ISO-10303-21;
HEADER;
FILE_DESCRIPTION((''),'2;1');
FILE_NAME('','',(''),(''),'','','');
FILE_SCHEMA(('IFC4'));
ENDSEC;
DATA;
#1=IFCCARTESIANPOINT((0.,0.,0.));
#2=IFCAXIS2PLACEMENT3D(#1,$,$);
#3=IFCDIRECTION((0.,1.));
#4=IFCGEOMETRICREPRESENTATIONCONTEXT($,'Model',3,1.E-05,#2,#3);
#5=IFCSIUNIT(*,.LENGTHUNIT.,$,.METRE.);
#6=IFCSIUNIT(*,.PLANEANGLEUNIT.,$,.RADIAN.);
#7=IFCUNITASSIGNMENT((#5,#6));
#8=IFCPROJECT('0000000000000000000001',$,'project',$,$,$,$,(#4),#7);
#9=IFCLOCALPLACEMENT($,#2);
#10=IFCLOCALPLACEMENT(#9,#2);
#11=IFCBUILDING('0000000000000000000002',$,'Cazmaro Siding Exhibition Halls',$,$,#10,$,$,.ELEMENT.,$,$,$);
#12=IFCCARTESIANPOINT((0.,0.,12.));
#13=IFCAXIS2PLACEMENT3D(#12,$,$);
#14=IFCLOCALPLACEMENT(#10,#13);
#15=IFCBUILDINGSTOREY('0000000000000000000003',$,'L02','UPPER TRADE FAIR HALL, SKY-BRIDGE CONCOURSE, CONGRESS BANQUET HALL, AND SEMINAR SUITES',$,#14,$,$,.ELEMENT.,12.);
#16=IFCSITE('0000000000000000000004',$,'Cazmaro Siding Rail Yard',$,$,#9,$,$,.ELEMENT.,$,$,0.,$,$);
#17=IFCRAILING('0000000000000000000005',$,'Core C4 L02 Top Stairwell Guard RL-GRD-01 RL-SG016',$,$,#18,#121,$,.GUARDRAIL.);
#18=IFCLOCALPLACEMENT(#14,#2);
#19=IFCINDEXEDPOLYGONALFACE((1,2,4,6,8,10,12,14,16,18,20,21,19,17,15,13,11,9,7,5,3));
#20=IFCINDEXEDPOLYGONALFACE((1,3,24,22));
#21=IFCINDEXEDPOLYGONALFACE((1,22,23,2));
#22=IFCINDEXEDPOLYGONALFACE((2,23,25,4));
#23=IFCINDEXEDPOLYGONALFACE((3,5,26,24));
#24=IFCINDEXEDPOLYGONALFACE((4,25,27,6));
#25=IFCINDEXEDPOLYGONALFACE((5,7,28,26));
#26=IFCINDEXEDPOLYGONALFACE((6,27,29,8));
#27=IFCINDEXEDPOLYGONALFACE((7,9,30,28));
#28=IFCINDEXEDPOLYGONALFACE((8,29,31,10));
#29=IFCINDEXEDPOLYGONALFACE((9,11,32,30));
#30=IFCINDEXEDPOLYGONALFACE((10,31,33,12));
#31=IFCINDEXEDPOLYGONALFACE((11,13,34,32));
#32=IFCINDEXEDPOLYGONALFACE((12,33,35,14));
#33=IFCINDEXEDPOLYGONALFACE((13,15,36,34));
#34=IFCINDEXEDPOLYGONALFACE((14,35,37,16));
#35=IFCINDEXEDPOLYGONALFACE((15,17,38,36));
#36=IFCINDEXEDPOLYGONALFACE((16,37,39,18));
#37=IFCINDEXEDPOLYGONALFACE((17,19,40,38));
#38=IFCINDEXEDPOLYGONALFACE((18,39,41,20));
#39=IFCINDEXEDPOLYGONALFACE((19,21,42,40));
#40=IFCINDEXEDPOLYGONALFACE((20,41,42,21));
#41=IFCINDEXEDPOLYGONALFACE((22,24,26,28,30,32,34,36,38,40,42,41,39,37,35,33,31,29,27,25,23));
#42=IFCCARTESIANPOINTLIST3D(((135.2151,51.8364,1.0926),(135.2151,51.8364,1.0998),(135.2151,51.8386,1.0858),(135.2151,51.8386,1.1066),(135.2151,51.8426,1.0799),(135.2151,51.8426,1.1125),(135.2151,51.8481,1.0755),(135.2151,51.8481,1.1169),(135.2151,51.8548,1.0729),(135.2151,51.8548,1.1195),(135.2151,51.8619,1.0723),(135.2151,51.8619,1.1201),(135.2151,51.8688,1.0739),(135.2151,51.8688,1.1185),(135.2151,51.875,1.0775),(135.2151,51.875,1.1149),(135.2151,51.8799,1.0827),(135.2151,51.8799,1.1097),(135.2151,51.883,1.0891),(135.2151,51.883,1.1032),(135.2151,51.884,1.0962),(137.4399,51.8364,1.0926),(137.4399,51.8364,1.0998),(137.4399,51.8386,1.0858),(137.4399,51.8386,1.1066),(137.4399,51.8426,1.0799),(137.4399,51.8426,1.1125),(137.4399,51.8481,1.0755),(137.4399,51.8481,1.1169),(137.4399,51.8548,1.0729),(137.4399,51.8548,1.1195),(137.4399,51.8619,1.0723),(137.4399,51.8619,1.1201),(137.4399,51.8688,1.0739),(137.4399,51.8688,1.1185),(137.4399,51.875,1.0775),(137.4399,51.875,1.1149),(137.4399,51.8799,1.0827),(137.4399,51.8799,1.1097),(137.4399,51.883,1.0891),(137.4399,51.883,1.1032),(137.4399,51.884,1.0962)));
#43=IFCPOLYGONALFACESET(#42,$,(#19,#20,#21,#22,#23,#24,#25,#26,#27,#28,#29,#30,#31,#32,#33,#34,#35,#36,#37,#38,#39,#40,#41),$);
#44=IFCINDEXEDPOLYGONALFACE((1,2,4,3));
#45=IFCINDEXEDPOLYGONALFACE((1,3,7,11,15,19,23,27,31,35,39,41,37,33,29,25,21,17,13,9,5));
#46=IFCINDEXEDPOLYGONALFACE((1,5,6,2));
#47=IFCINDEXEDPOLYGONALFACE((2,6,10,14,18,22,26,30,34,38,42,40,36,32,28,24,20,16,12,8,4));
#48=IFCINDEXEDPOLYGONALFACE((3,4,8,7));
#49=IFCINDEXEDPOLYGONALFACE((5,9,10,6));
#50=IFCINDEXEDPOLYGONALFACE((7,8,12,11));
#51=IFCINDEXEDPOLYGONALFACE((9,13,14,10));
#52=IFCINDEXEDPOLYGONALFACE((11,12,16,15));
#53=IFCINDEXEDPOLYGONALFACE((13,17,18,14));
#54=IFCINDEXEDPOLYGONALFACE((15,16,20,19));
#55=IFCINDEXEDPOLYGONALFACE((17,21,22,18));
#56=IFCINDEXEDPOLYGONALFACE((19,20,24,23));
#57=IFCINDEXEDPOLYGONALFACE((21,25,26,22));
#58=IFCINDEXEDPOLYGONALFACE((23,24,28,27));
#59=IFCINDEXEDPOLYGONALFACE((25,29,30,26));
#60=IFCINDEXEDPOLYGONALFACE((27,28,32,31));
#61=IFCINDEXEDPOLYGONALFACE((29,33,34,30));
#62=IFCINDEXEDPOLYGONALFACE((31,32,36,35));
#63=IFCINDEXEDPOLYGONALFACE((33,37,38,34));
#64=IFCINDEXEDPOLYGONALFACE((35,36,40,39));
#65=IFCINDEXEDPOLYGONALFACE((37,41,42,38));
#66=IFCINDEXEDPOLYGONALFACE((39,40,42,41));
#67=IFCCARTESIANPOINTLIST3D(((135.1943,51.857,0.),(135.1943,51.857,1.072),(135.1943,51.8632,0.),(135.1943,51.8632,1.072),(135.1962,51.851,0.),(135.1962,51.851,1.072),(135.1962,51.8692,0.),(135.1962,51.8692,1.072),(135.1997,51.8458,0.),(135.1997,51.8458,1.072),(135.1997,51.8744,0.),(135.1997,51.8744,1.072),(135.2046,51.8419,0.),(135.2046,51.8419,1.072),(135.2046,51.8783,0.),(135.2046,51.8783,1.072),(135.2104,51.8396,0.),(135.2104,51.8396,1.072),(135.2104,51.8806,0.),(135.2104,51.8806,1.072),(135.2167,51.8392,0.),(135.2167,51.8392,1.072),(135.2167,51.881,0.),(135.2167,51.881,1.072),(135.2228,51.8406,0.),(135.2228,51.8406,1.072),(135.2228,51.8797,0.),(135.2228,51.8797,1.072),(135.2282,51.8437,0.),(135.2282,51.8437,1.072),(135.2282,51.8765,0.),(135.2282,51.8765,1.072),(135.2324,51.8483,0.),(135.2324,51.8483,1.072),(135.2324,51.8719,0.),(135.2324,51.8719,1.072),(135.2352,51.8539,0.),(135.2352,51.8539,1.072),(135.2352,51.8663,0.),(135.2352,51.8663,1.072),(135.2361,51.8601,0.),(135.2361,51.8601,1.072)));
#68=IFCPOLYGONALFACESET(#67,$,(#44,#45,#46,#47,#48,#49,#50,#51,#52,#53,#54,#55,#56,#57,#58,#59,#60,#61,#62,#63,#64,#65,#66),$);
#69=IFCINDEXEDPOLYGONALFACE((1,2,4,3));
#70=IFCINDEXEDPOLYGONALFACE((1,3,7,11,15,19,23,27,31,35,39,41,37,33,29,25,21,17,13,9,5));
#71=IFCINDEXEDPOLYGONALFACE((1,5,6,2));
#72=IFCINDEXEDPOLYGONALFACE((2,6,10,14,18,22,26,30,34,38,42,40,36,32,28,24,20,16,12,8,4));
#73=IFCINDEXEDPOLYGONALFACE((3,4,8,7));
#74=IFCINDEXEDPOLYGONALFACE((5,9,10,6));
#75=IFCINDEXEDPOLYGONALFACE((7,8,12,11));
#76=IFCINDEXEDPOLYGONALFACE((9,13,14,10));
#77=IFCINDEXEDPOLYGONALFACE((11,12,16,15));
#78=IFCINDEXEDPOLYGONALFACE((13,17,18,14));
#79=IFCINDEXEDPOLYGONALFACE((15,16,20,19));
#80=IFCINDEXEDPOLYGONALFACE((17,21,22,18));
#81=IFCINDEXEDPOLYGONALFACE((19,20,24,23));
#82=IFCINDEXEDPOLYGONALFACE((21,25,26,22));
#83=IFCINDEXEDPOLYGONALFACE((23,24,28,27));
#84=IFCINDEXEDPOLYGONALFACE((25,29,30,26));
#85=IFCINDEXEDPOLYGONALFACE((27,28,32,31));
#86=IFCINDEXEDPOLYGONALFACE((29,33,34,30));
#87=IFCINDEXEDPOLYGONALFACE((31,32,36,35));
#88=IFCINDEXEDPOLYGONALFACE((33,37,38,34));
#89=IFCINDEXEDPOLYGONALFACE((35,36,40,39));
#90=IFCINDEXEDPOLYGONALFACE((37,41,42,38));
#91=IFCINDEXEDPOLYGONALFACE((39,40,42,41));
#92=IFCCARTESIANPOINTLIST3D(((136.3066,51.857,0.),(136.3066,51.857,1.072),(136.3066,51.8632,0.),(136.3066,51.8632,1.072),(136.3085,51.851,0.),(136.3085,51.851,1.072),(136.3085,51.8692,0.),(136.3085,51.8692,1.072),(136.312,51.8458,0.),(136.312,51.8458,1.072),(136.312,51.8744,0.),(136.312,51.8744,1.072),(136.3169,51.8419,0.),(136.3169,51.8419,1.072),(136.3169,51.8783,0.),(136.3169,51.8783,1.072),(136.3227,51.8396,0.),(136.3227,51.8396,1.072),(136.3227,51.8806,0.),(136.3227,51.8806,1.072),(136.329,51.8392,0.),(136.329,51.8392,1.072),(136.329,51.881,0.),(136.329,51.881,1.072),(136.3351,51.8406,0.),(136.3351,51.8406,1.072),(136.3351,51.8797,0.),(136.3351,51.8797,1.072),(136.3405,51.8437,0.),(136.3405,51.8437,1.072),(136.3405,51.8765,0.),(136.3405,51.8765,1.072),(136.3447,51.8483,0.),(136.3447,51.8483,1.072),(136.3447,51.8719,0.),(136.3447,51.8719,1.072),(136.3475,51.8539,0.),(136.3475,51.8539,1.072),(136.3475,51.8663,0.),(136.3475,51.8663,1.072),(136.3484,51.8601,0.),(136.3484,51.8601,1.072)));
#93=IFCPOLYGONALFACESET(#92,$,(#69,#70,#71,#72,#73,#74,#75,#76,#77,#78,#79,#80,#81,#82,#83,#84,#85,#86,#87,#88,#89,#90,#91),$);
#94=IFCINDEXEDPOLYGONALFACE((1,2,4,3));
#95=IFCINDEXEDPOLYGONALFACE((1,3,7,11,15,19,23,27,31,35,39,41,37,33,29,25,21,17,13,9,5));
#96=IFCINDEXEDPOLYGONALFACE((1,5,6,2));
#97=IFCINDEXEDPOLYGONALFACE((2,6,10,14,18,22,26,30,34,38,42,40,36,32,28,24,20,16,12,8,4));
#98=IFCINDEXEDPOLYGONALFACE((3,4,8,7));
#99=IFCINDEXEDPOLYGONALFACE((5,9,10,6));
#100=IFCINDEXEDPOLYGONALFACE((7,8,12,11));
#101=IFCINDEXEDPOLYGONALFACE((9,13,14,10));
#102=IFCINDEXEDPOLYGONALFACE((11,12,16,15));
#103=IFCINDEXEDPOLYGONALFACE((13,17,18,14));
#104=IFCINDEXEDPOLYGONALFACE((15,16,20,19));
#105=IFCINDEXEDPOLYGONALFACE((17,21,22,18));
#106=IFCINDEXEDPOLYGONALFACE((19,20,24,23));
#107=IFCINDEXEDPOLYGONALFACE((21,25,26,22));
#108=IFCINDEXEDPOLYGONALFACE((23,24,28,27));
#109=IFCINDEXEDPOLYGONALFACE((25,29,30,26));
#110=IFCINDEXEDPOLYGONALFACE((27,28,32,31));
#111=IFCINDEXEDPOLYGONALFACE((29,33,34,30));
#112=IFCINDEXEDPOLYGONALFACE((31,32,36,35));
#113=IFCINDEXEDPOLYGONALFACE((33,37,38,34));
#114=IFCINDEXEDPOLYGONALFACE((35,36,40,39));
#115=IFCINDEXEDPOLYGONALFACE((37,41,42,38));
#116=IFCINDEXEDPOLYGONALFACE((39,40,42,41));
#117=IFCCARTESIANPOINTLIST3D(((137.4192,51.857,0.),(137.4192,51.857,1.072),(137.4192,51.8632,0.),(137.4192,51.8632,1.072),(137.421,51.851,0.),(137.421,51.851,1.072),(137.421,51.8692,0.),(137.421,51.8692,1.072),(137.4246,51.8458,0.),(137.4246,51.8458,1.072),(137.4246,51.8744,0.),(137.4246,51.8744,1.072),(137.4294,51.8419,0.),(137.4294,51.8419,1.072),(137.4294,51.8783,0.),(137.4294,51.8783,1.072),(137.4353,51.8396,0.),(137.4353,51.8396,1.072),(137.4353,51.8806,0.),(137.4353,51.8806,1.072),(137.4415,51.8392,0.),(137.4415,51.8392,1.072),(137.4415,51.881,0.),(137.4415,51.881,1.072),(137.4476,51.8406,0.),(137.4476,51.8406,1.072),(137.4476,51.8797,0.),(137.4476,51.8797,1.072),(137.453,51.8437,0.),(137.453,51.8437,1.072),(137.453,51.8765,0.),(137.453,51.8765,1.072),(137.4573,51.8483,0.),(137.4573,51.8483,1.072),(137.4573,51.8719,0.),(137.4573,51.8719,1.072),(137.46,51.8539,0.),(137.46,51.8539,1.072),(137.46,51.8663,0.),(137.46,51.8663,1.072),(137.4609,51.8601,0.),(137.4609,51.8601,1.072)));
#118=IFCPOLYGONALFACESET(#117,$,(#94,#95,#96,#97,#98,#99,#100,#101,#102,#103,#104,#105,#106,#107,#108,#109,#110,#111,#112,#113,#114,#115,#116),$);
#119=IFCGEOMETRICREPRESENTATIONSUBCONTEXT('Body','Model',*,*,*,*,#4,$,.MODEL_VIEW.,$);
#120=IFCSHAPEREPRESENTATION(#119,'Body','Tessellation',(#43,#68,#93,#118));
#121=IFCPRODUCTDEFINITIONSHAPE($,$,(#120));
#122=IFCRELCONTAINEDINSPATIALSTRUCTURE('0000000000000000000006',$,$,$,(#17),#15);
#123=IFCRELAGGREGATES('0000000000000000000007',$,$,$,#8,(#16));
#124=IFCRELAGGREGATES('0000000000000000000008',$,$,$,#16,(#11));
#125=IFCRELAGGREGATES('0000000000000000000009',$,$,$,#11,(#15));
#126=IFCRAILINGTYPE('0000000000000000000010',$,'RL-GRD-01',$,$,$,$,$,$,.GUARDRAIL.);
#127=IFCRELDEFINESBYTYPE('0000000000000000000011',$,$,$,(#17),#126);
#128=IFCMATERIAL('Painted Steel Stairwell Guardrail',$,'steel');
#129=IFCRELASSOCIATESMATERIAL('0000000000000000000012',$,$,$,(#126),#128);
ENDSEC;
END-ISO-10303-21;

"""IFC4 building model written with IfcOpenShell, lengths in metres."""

from ifc_helpers import new_model, si_unit, direction, frame, origin, origin_2d, place, context, subcontext, project, spatial, circle, extrude, material, type_object, element, save


model = new_model("IFC4")

# Units and contexts
model_context = context("Model", 3, precision=1e-05, world=origin(), true_north=direction((0.0, 1.0)))
body_context = subcontext(model_context, "Body", "Model", "MODEL_VIEW")
ifc_project = project(units=[si_unit("LENGTHUNIT", "METRE"), si_unit("PLANEANGLEUNIT", "RADIAN")], contexts=[model_context])

# Site, building, storey
site_placement = place(None, origin())
site = spatial("IfcSite", under=ifc_project, at=site_placement, Name="Cazmaro Siding Rail Yard", CompositionType="ELEMENT", RefElevation=0.0)
building_placement = place(site_placement, origin())
building = spatial("IfcBuilding", under=site, at=building_placement, Name="Cazmaro Siding Exhibition Halls", CompositionType="ELEMENT")
storey_placement = place(building_placement, frame((0.0, 0.0, 12.0)))
storey = spatial("IfcBuildingStorey", under=building, at=storey_placement, Name="L02", Description="UPPER TRADE FAIR HALL, SKY-BRIDGE CONCOURSE, CONGRESS BANQUET HALL, AND SEMINAR SUITES", CompositionType="ELEMENT", Elevation=12.0)

# Railing
ifc_material_1 = material(Name="Painted Steel Stairwell Guardrail", Category="steel")
railing_type = type_object("IfcRailingType", Name="RL-GRD-01", PredefinedType="GUARDRAIL", material=ifc_material_1)
railing_1_placement = place(storey_placement, frame((135.2151, 51.8601, 0.0)))
element("IfcRailing", 1, at=railing_1_placement, inside=storey, type_object=railing_type, Name="Core C4 L02 Top Stairwell Guard RL-GRD-01 RL-SG016", PredefinedType="GUARDRAIL", context=body_context, shape_type="SweptSolid", body=[
    extrude(circle(Radius=0.0239, at=origin_2d()), frame((0.0, 0.0, 1.0962), z_axis=(1.0, 0.0, 0.0), x_axis=(0.0, 1.0, 0.0)), (0.0, 0.0, 1.0), 2.2249),
    extrude(circle(Radius=0.021, at=origin_2d()), origin(), (0.0, 0.0, 1.0), 1.072),
    extrude(circle(Radius=0.021, at=origin_2d()), frame((1.1123, 0.0, 0.0)), (0.0, 0.0, 1.0), 1.072),
    extrude(circle(Radius=0.021, at=origin_2d()), frame((2.2249, 0.0, 0.0)), (0.0, 0.0, 1.0), 1.072),
])

save(model, "model.ifc")
